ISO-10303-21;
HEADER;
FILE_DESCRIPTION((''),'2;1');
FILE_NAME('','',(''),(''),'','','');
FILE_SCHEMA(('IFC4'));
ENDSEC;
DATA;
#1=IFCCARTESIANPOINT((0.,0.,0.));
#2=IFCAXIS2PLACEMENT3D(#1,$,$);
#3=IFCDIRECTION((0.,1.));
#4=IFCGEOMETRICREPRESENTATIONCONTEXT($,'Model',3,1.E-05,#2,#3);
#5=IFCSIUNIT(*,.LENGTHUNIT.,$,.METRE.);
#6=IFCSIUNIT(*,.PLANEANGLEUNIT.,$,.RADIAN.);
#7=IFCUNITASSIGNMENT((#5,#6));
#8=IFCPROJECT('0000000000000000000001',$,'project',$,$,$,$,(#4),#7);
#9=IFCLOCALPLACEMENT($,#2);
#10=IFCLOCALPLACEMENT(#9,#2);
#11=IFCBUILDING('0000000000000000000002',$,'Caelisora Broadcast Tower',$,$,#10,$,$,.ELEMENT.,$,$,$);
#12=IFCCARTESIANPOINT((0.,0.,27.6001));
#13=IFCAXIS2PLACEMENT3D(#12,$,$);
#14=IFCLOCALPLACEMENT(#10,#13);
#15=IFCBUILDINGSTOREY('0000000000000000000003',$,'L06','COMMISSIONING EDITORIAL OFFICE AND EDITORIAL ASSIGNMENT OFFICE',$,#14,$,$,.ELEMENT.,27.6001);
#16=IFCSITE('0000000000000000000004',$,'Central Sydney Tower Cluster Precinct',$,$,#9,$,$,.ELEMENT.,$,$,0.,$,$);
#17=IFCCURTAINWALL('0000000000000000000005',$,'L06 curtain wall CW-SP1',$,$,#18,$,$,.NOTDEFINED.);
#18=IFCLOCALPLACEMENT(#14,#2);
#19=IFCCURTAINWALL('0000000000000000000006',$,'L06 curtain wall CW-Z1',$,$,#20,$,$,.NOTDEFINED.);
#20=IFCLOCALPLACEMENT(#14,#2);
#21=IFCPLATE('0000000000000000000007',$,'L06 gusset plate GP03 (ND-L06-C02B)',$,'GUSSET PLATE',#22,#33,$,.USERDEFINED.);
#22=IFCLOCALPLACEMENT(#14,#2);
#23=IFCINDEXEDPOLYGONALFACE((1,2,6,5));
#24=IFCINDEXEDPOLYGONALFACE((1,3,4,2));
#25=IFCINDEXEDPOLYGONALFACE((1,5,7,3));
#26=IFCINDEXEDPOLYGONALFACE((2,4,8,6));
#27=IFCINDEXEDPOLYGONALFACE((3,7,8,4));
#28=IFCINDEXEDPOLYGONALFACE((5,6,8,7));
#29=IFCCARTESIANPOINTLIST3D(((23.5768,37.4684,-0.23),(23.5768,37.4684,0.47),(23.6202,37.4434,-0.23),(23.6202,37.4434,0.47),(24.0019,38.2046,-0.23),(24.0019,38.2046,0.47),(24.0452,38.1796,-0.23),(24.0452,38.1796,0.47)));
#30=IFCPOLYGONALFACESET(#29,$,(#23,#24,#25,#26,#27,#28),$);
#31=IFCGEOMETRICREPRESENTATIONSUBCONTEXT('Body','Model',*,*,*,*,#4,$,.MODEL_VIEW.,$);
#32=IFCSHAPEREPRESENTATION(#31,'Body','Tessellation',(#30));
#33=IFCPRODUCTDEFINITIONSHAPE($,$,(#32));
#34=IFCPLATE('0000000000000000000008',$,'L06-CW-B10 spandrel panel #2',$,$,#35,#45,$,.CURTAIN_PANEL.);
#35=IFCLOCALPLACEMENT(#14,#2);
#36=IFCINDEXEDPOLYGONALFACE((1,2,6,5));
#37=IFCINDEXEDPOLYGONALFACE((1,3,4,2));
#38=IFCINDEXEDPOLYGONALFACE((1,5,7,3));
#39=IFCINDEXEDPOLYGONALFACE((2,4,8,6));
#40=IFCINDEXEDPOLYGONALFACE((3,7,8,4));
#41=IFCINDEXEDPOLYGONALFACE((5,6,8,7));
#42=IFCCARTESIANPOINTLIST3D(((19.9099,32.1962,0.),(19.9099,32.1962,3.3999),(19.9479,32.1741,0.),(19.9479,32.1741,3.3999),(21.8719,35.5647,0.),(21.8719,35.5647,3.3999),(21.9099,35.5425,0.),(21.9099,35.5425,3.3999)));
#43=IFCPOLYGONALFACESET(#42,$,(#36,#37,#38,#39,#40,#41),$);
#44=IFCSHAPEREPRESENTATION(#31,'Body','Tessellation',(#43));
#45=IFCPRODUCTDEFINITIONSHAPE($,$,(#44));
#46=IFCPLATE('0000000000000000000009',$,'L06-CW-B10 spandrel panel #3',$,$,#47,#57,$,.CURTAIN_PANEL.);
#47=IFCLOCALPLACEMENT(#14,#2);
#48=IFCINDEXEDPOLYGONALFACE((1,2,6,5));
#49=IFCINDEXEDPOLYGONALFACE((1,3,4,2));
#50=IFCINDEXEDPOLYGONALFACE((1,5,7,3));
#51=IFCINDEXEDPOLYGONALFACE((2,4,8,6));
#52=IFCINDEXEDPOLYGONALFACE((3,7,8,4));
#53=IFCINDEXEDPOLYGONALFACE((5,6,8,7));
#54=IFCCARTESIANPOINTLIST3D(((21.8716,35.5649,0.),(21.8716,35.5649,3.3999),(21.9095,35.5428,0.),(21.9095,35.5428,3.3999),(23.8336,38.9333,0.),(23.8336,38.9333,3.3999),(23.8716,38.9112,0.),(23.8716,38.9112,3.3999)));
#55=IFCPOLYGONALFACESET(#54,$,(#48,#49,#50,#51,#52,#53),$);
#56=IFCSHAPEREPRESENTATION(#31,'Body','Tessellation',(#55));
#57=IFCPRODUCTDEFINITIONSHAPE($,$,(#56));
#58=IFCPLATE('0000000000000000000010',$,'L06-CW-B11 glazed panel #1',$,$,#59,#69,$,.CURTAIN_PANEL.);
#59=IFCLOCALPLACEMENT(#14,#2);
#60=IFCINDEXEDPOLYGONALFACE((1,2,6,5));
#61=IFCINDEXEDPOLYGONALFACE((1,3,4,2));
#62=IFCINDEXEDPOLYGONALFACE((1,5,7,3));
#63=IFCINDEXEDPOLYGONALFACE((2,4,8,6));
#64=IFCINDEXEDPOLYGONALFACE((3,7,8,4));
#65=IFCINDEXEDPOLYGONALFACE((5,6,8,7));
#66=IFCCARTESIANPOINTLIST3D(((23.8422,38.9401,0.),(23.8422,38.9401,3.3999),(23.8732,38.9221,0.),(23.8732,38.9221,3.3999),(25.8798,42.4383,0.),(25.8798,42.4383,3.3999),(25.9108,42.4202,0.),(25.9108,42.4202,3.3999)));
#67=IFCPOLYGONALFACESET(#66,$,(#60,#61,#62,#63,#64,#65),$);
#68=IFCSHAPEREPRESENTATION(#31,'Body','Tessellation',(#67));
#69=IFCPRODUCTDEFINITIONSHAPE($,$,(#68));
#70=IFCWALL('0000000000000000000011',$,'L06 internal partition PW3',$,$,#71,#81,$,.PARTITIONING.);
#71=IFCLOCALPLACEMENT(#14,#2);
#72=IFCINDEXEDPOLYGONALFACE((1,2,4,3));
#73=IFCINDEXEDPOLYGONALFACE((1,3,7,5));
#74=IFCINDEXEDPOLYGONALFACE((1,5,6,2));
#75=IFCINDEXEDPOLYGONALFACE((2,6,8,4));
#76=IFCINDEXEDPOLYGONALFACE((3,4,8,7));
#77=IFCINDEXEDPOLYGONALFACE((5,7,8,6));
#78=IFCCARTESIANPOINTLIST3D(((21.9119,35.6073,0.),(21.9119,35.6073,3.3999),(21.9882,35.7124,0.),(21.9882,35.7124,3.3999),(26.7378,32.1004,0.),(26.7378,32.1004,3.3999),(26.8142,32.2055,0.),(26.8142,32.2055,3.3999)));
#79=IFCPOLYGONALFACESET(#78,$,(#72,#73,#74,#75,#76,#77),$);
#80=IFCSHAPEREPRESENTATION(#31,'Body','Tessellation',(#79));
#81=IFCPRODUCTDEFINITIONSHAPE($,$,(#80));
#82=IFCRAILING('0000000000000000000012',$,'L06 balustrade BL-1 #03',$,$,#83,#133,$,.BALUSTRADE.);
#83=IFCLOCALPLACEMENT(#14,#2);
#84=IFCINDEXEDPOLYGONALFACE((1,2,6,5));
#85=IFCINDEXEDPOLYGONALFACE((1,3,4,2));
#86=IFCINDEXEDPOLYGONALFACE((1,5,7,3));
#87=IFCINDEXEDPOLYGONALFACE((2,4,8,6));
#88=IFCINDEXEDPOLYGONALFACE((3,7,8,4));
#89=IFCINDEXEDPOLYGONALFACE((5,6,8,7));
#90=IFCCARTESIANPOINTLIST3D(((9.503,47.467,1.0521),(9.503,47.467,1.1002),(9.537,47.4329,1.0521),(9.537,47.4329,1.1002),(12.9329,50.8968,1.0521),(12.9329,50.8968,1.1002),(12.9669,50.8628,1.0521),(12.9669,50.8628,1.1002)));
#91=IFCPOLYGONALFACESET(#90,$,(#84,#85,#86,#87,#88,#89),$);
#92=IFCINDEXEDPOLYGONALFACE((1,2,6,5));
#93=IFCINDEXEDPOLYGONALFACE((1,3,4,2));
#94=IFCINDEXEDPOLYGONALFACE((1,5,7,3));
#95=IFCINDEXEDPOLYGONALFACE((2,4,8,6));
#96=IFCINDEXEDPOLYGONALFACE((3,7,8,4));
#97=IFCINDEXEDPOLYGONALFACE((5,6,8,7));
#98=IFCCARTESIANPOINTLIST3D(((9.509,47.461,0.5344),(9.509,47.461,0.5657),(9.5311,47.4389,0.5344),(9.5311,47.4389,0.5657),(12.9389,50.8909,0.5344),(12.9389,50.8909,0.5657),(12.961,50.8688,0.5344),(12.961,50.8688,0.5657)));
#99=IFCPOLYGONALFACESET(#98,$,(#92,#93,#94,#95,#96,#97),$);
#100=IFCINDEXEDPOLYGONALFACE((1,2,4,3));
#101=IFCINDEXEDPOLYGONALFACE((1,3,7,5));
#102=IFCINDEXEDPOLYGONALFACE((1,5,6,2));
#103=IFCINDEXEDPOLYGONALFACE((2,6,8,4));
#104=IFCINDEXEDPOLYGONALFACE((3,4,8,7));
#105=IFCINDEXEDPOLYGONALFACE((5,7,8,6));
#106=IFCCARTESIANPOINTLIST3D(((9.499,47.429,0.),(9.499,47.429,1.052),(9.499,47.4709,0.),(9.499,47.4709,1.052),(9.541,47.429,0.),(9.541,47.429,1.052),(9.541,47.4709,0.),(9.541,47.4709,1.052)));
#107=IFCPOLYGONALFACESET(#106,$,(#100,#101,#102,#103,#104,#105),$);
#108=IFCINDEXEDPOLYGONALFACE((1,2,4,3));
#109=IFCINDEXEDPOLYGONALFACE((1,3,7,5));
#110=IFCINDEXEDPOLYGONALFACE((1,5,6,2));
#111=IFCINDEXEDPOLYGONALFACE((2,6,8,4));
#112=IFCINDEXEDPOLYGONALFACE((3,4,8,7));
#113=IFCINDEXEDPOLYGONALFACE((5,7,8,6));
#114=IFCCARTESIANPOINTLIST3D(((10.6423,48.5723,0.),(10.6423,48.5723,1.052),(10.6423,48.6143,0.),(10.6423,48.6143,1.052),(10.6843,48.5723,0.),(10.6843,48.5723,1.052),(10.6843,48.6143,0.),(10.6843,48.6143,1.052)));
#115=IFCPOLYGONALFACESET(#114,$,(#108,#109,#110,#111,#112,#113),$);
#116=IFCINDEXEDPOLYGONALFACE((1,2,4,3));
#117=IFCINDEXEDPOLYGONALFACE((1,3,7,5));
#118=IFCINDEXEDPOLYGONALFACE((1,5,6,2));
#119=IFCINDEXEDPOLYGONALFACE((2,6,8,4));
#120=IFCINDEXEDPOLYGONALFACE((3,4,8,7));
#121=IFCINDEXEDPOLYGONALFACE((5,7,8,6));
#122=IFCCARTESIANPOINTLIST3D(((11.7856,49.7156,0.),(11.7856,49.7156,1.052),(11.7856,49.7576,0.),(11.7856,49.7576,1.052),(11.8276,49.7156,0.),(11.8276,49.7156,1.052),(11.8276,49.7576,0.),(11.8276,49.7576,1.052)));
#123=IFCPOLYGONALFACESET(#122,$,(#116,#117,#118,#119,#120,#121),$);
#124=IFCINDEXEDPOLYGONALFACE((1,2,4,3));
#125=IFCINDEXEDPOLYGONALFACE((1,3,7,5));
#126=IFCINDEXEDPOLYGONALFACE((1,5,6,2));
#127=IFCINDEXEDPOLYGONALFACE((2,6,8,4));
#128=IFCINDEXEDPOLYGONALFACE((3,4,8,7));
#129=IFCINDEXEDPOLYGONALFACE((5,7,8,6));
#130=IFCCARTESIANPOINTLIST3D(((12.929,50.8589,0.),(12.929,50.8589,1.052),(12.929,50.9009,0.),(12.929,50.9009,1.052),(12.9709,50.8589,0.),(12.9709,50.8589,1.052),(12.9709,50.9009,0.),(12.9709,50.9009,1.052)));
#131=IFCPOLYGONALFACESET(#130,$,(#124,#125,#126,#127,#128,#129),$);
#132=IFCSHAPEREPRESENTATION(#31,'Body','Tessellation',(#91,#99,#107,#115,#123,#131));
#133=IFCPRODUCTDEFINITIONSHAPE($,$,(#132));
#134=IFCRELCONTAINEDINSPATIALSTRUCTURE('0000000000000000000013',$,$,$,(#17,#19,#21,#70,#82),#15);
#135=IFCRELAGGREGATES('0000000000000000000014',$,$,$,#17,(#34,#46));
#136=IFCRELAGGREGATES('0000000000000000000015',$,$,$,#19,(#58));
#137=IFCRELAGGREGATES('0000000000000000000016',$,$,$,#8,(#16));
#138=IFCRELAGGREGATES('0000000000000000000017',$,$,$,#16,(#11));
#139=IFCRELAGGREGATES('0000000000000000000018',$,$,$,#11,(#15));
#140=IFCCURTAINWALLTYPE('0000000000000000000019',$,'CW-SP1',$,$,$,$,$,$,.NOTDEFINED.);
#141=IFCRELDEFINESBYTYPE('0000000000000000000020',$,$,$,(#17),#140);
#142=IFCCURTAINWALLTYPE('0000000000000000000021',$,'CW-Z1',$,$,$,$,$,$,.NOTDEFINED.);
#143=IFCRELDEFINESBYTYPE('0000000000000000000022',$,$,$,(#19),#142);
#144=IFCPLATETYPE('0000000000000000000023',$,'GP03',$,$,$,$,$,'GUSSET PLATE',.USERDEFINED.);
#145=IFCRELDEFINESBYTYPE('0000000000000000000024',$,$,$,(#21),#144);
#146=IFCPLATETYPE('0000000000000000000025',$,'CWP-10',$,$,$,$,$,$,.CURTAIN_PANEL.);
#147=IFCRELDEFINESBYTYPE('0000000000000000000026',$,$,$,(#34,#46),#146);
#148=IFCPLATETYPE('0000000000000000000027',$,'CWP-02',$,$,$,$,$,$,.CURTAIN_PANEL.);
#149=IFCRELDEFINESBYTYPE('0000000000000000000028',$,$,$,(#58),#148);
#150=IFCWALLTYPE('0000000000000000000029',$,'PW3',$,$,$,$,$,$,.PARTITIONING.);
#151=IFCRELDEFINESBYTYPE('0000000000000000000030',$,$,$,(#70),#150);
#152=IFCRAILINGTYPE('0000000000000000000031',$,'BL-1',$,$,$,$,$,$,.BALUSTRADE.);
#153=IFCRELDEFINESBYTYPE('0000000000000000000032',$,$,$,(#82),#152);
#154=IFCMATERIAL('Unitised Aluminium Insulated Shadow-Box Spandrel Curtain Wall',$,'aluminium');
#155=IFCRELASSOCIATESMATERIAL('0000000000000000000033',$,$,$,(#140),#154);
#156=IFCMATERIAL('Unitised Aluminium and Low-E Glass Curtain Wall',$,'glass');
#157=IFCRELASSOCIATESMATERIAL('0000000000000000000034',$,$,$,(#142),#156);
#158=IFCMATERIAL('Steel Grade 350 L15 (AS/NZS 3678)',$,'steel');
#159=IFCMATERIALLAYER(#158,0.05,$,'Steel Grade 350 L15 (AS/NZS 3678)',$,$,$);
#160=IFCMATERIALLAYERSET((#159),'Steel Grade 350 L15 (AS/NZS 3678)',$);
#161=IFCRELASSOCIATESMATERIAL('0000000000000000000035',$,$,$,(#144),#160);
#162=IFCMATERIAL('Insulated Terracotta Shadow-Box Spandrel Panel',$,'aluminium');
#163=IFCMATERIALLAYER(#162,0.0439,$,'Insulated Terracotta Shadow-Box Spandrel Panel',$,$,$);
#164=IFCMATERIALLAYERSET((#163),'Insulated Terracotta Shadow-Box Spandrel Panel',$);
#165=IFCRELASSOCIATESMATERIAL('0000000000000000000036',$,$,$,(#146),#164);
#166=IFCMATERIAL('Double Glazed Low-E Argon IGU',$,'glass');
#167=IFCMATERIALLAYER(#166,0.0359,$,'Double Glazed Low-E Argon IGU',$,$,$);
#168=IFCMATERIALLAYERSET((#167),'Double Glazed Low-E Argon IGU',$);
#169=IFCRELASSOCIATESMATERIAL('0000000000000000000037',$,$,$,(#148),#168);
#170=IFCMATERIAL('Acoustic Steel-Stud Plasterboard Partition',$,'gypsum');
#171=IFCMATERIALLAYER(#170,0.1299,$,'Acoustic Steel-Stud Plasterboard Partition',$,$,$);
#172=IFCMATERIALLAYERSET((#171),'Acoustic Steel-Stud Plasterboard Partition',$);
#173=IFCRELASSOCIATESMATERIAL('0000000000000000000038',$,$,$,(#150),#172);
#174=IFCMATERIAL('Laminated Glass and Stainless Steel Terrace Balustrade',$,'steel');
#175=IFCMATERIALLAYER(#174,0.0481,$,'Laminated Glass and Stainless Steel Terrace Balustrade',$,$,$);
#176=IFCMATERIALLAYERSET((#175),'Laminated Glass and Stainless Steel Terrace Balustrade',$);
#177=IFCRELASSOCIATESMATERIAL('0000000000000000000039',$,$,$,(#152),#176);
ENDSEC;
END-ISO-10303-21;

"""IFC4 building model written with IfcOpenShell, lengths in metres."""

from ifc_helpers import new_model, si_unit, direction, frame, frame_2d, origin, origin_2d, place, context, subcontext, project, spatial, rectangle, extrude, source, transform, mapped, material, layer, layer_set, type_object, type_shapes, element, aggregate, save


model = new_model("IFC4")

# Units and contexts
model_context = context("Model", 3, precision=1e-05, world=origin(), true_north=direction((0.0, 1.0)))
body_context = subcontext(model_context, "Body", "Model", "MODEL_VIEW")
ifc_project = project(units=[si_unit("LENGTHUNIT", "METRE"), si_unit("PLANEANGLEUNIT", "RADIAN")], contexts=[model_context])

# Site, building, storey
site_placement = place(None, origin())
site = spatial("IfcSite", under=ifc_project, at=site_placement, Name="Central Sydney Tower Cluster Precinct", CompositionType="ELEMENT", RefElevation=0.0)
building_placement = place(site_placement, origin())
building = spatial("IfcBuilding", under=site, at=building_placement, Name="Caelisora Broadcast Tower", CompositionType="ELEMENT")
storey_placement = place(building_placement, frame((0.0, 0.0, 27.6001)))
storey = spatial("IfcBuildingStorey", under=building, at=storey_placement, Name="L06", Description="COMMISSIONING EDITORIAL OFFICE AND EDITORIAL ASSIGNMENT OFFICE", CompositionType="ELEMENT", Elevation=27.6001)

# Shared definitions
ifc_material_1 = material(Name="Steel Grade 350 L15 (AS/NZS 3678)", Category="steel")

# Curtain walls
ifc_material_2 = material(Name="Unitised Aluminium Insulated Shadow-Box Spandrel Curtain Wall", Category="aluminium")
curtain_wall_type_1 = type_object("IfcCurtainWallType", Name="CW-SP1", PredefinedType="NOTDEFINED", material=ifc_material_2)
curtain_wall_1_placement = place(storey_placement, origin())
curtain_wall_1 = element("IfcCurtainWall", 1, at=curtain_wall_1_placement, inside=storey, type_object=curtain_wall_type_1, Name="L06 curtain wall CW-SP1", PredefinedType="NOTDEFINED")
ifc_material_3 = material(Name="Unitised Aluminium and Low-E Glass Curtain Wall", Category="glass")
curtain_wall_type_2 = type_object("IfcCurtainWallType", Name="CW-Z1", PredefinedType="NOTDEFINED", material=ifc_material_3)
curtain_wall_2_placement = place(storey_placement, origin())
curtain_wall_2 = element("IfcCurtainWall", 2, at=curtain_wall_2_placement, inside=storey, type_object=curtain_wall_type_2, Name="L06 curtain wall CW-Z1", PredefinedType="NOTDEFINED")

# Plates
ifc_layer_1 = layer(ifc_material_1, 0.05, Name="Steel Grade 350 L15 (AS/NZS 3678)")
ifc_layer_set_1 = layer_set([ifc_layer_1], Name="Steel Grade 350 L15 (AS/NZS 3678)")
plate_type_1 = type_object("IfcPlateType", Name="GP03", ElementType="GUSSET PLATE", PredefinedType="USERDEFINED", material=ifc_layer_set_1)
shared_shape_1 = source(origin(), body_context, "Body", "SweptSolid", [
    extrude(rectangle(XDim=0.8501, YDim=0.05, at=origin_2d()), origin(), (0.0, 0.0, 1.0), 0.7),
])
type_shapes(plate_type_1, [shared_shape_1])
plate_1_placement = place(storey_placement, frame((23.811, 37.824, -0.23), z_axis=(0.0, 0.0, 1.0), x_axis=(-0.5, -0.866025, 0.0)))
element("IfcPlate", 3, at=plate_1_placement, inside=storey, type_object=plate_type_1, Name="L06 gusset plate GP03 (ND-L06-C02B)", ObjectType="GUSSET PLATE", PredefinedType="USERDEFINED", context=body_context, shape_type="MappedRepresentation", body=[
    mapped(shared_shape_1, transform((0.0, 0.0, 0.0), scale=1.0)),
])
ifc_material_4 = material(Name="Insulated Terracotta Shadow-Box Spandrel Panel", Category="aluminium")
ifc_layer_2 = layer(ifc_material_4, 0.0439, Name="Insulated Terracotta Shadow-Box Spandrel Panel")
ifc_layer_set_2 = layer_set([ifc_layer_2], Name="Insulated Terracotta Shadow-Box Spandrel Panel")
plate_type_2 = type_object("IfcPlateType", Name="CWP-10", PredefinedType="CURTAIN_PANEL", material=ifc_layer_set_2)
shared_shape_2 = source(origin(), body_context, "Body", "SweptSolid", [
    extrude(rectangle(XDim=3.8982, YDim=0.0439, at=origin_2d()), origin(), (0.0, 0.0, 1.0), 3.3999),
])
type_shapes(plate_type_2, [shared_shape_2])
plate_2_placement = place(storey_placement, frame((20.9099, 33.8694, 0.0), z_axis=(0.0, 0.0, 1.0), x_axis=(0.503322, 0.864099, 0.0)))
plate_2 = element("IfcPlate", 4, at=plate_2_placement, type_object=plate_type_2, Name="L06-CW-B10 spandrel panel #2", PredefinedType="CURTAIN_PANEL", context=body_context, shape_type="MappedRepresentation", body=[
    mapped(shared_shape_2, transform((0.0, 0.0, 0.0), scale=1.0)),
])
plate_3_placement = place(storey_placement, frame((22.8716, 37.238, 0.0), z_axis=(0.0, 0.0, 1.0), x_axis=(0.503322, 0.864099, 0.0)))
plate_3 = element("IfcPlate", 5, at=plate_3_placement, type_object=plate_type_2, Name="L06-CW-B10 spandrel panel #3", PredefinedType="CURTAIN_PANEL", context=body_context, shape_type="MappedRepresentation", body=[
    mapped(shared_shape_2, transform((0.0, 0.0, 0.0), scale=1.0)),
])
aggregate(curtain_wall_1, [plate_2, plate_3])
ifc_material_5 = material(Name="Double Glazed Low-E Argon IGU", Category="glass")
ifc_layer_3 = layer(ifc_material_5, 0.0359, Name="Double Glazed Low-E Argon IGU")
ifc_layer_set_3 = layer_set([ifc_layer_3], Name="Double Glazed Low-E Argon IGU")
plate_type_3 = type_object("IfcPlateType", Name="CWP-02", PredefinedType="CURTAIN_PANEL", material=ifc_layer_set_3)
shared_shape_3 = source(origin(), body_context, "Body", "SweptSolid", [
    extrude(rectangle(XDim=4.0483, YDim=0.0359, at=origin_2d()), origin(), (0.0, 0.0, 1.0), 3.3999),
])
type_shapes(plate_type_3, [shared_shape_3])
plate_4_placement = place(storey_placement, frame((24.8765, 40.6802, 0.0), z_axis=(0.0, 0.0, 1.0), x_axis=(0.503322, 0.864099, 0.0)))
plate_4 = element("IfcPlate", 6, at=plate_4_placement, type_object=plate_type_3, Name="L06-CW-B11 glazed panel #1", PredefinedType="CURTAIN_PANEL", context=body_context, shape_type="MappedRepresentation", body=[
    mapped(shared_shape_3, transform((0.0, 0.0, 0.0), scale=1.0)),
])
aggregate(curtain_wall_2, [plate_4])

# Wall
ifc_material_6 = material(Name="Acoustic Steel-Stud Plasterboard Partition", Category="gypsum")
ifc_layer_4 = layer(ifc_material_6, 0.1299, Name="Acoustic Steel-Stud Plasterboard Partition")
ifc_layer_set_4 = layer_set([ifc_layer_4], Name="Acoustic Steel-Stud Plasterboard Partition")
wall_type = type_object("IfcWallType", Name="PW3", PredefinedType="PARTITIONING", material=ifc_layer_set_4)
wall_placement = place(storey_placement, frame((21.95, 35.6599, 0.0), z_axis=(0.0, 0.0, 1.0), x_axis=(0.80897, -0.58785, 0.0)))
element("IfcWall", 7, at=wall_placement, inside=storey, type_object=wall_type, Name="L06 internal partition PW3", PredefinedType="PARTITIONING", context=body_context, shape_type="SweptSolid", body=[
    extrude(rectangle(XDim=5.9656, YDim=0.1299, at=frame_2d((2.9829, 0.0))), origin(), (0.0, 0.0, 1.0), 3.3999),
])

# Railing
ifc_material_7 = material(Name="Laminated Glass and Stainless Steel Terrace Balustrade", Category="steel")
ifc_layer_5 = layer(ifc_material_7, 0.0481, Name="Laminated Glass and Stainless Steel Terrace Balustrade")
ifc_layer_set_5 = layer_set([ifc_layer_5], Name="Laminated Glass and Stainless Steel Terrace Balustrade")
railing_type = type_object("IfcRailingType", Name="BL-1", PredefinedType="BALUSTRADE", material=ifc_layer_set_5)
railing_1_placement = place(storey_placement, frame((9.52, 47.45, 0.0)))
element("IfcRailing", 8, at=railing_1_placement, inside=storey, type_object=railing_type, Name="L06 balustrade BL-1 #03", PredefinedType="BALUSTRADE", context=body_context, shape_type="SweptSolid", body=[
    extrude(rectangle(XDim=0.0481, YDim=0.0481, at=origin_2d()), frame((0.0, 0.0, 1.0762), z_axis=(0.707107, 0.707107, 0.0), x_axis=(-0.707107, 0.707107, 0.0)), (0.0, 0.0, 1.0), 4.8506),
    extrude(rectangle(XDim=0.0312, YDim=0.0312, at=origin_2d()), frame((0.0, 0.0, 0.55), z_axis=(0.707107, 0.707107, 0.0), x_axis=(-0.707107, 0.707107, 0.0)), (0.0, 0.0, 1.0), 4.8506),
    extrude(rectangle(XDim=0.042, YDim=0.042, at=origin_2d()), origin(), (0.0, 0.0, 1.0), 1.052),
    extrude(rectangle(XDim=0.042, YDim=0.042, at=origin_2d()), frame((1.1433, 1.1433, 0.0)), (0.0, 0.0, 1.0), 1.052),
    extrude(rectangle(XDim=0.042, YDim=0.042, at=origin_2d()), frame((2.2866, 2.2866, 0.0)), (0.0, 0.0, 1.0), 1.052),
    extrude(rectangle(XDim=0.042, YDim=0.042, at=origin_2d()), frame((3.4299, 3.4299, 0.0)), (0.0, 0.0, 1.0), 1.052),
])

save(model, "model.ifc")
